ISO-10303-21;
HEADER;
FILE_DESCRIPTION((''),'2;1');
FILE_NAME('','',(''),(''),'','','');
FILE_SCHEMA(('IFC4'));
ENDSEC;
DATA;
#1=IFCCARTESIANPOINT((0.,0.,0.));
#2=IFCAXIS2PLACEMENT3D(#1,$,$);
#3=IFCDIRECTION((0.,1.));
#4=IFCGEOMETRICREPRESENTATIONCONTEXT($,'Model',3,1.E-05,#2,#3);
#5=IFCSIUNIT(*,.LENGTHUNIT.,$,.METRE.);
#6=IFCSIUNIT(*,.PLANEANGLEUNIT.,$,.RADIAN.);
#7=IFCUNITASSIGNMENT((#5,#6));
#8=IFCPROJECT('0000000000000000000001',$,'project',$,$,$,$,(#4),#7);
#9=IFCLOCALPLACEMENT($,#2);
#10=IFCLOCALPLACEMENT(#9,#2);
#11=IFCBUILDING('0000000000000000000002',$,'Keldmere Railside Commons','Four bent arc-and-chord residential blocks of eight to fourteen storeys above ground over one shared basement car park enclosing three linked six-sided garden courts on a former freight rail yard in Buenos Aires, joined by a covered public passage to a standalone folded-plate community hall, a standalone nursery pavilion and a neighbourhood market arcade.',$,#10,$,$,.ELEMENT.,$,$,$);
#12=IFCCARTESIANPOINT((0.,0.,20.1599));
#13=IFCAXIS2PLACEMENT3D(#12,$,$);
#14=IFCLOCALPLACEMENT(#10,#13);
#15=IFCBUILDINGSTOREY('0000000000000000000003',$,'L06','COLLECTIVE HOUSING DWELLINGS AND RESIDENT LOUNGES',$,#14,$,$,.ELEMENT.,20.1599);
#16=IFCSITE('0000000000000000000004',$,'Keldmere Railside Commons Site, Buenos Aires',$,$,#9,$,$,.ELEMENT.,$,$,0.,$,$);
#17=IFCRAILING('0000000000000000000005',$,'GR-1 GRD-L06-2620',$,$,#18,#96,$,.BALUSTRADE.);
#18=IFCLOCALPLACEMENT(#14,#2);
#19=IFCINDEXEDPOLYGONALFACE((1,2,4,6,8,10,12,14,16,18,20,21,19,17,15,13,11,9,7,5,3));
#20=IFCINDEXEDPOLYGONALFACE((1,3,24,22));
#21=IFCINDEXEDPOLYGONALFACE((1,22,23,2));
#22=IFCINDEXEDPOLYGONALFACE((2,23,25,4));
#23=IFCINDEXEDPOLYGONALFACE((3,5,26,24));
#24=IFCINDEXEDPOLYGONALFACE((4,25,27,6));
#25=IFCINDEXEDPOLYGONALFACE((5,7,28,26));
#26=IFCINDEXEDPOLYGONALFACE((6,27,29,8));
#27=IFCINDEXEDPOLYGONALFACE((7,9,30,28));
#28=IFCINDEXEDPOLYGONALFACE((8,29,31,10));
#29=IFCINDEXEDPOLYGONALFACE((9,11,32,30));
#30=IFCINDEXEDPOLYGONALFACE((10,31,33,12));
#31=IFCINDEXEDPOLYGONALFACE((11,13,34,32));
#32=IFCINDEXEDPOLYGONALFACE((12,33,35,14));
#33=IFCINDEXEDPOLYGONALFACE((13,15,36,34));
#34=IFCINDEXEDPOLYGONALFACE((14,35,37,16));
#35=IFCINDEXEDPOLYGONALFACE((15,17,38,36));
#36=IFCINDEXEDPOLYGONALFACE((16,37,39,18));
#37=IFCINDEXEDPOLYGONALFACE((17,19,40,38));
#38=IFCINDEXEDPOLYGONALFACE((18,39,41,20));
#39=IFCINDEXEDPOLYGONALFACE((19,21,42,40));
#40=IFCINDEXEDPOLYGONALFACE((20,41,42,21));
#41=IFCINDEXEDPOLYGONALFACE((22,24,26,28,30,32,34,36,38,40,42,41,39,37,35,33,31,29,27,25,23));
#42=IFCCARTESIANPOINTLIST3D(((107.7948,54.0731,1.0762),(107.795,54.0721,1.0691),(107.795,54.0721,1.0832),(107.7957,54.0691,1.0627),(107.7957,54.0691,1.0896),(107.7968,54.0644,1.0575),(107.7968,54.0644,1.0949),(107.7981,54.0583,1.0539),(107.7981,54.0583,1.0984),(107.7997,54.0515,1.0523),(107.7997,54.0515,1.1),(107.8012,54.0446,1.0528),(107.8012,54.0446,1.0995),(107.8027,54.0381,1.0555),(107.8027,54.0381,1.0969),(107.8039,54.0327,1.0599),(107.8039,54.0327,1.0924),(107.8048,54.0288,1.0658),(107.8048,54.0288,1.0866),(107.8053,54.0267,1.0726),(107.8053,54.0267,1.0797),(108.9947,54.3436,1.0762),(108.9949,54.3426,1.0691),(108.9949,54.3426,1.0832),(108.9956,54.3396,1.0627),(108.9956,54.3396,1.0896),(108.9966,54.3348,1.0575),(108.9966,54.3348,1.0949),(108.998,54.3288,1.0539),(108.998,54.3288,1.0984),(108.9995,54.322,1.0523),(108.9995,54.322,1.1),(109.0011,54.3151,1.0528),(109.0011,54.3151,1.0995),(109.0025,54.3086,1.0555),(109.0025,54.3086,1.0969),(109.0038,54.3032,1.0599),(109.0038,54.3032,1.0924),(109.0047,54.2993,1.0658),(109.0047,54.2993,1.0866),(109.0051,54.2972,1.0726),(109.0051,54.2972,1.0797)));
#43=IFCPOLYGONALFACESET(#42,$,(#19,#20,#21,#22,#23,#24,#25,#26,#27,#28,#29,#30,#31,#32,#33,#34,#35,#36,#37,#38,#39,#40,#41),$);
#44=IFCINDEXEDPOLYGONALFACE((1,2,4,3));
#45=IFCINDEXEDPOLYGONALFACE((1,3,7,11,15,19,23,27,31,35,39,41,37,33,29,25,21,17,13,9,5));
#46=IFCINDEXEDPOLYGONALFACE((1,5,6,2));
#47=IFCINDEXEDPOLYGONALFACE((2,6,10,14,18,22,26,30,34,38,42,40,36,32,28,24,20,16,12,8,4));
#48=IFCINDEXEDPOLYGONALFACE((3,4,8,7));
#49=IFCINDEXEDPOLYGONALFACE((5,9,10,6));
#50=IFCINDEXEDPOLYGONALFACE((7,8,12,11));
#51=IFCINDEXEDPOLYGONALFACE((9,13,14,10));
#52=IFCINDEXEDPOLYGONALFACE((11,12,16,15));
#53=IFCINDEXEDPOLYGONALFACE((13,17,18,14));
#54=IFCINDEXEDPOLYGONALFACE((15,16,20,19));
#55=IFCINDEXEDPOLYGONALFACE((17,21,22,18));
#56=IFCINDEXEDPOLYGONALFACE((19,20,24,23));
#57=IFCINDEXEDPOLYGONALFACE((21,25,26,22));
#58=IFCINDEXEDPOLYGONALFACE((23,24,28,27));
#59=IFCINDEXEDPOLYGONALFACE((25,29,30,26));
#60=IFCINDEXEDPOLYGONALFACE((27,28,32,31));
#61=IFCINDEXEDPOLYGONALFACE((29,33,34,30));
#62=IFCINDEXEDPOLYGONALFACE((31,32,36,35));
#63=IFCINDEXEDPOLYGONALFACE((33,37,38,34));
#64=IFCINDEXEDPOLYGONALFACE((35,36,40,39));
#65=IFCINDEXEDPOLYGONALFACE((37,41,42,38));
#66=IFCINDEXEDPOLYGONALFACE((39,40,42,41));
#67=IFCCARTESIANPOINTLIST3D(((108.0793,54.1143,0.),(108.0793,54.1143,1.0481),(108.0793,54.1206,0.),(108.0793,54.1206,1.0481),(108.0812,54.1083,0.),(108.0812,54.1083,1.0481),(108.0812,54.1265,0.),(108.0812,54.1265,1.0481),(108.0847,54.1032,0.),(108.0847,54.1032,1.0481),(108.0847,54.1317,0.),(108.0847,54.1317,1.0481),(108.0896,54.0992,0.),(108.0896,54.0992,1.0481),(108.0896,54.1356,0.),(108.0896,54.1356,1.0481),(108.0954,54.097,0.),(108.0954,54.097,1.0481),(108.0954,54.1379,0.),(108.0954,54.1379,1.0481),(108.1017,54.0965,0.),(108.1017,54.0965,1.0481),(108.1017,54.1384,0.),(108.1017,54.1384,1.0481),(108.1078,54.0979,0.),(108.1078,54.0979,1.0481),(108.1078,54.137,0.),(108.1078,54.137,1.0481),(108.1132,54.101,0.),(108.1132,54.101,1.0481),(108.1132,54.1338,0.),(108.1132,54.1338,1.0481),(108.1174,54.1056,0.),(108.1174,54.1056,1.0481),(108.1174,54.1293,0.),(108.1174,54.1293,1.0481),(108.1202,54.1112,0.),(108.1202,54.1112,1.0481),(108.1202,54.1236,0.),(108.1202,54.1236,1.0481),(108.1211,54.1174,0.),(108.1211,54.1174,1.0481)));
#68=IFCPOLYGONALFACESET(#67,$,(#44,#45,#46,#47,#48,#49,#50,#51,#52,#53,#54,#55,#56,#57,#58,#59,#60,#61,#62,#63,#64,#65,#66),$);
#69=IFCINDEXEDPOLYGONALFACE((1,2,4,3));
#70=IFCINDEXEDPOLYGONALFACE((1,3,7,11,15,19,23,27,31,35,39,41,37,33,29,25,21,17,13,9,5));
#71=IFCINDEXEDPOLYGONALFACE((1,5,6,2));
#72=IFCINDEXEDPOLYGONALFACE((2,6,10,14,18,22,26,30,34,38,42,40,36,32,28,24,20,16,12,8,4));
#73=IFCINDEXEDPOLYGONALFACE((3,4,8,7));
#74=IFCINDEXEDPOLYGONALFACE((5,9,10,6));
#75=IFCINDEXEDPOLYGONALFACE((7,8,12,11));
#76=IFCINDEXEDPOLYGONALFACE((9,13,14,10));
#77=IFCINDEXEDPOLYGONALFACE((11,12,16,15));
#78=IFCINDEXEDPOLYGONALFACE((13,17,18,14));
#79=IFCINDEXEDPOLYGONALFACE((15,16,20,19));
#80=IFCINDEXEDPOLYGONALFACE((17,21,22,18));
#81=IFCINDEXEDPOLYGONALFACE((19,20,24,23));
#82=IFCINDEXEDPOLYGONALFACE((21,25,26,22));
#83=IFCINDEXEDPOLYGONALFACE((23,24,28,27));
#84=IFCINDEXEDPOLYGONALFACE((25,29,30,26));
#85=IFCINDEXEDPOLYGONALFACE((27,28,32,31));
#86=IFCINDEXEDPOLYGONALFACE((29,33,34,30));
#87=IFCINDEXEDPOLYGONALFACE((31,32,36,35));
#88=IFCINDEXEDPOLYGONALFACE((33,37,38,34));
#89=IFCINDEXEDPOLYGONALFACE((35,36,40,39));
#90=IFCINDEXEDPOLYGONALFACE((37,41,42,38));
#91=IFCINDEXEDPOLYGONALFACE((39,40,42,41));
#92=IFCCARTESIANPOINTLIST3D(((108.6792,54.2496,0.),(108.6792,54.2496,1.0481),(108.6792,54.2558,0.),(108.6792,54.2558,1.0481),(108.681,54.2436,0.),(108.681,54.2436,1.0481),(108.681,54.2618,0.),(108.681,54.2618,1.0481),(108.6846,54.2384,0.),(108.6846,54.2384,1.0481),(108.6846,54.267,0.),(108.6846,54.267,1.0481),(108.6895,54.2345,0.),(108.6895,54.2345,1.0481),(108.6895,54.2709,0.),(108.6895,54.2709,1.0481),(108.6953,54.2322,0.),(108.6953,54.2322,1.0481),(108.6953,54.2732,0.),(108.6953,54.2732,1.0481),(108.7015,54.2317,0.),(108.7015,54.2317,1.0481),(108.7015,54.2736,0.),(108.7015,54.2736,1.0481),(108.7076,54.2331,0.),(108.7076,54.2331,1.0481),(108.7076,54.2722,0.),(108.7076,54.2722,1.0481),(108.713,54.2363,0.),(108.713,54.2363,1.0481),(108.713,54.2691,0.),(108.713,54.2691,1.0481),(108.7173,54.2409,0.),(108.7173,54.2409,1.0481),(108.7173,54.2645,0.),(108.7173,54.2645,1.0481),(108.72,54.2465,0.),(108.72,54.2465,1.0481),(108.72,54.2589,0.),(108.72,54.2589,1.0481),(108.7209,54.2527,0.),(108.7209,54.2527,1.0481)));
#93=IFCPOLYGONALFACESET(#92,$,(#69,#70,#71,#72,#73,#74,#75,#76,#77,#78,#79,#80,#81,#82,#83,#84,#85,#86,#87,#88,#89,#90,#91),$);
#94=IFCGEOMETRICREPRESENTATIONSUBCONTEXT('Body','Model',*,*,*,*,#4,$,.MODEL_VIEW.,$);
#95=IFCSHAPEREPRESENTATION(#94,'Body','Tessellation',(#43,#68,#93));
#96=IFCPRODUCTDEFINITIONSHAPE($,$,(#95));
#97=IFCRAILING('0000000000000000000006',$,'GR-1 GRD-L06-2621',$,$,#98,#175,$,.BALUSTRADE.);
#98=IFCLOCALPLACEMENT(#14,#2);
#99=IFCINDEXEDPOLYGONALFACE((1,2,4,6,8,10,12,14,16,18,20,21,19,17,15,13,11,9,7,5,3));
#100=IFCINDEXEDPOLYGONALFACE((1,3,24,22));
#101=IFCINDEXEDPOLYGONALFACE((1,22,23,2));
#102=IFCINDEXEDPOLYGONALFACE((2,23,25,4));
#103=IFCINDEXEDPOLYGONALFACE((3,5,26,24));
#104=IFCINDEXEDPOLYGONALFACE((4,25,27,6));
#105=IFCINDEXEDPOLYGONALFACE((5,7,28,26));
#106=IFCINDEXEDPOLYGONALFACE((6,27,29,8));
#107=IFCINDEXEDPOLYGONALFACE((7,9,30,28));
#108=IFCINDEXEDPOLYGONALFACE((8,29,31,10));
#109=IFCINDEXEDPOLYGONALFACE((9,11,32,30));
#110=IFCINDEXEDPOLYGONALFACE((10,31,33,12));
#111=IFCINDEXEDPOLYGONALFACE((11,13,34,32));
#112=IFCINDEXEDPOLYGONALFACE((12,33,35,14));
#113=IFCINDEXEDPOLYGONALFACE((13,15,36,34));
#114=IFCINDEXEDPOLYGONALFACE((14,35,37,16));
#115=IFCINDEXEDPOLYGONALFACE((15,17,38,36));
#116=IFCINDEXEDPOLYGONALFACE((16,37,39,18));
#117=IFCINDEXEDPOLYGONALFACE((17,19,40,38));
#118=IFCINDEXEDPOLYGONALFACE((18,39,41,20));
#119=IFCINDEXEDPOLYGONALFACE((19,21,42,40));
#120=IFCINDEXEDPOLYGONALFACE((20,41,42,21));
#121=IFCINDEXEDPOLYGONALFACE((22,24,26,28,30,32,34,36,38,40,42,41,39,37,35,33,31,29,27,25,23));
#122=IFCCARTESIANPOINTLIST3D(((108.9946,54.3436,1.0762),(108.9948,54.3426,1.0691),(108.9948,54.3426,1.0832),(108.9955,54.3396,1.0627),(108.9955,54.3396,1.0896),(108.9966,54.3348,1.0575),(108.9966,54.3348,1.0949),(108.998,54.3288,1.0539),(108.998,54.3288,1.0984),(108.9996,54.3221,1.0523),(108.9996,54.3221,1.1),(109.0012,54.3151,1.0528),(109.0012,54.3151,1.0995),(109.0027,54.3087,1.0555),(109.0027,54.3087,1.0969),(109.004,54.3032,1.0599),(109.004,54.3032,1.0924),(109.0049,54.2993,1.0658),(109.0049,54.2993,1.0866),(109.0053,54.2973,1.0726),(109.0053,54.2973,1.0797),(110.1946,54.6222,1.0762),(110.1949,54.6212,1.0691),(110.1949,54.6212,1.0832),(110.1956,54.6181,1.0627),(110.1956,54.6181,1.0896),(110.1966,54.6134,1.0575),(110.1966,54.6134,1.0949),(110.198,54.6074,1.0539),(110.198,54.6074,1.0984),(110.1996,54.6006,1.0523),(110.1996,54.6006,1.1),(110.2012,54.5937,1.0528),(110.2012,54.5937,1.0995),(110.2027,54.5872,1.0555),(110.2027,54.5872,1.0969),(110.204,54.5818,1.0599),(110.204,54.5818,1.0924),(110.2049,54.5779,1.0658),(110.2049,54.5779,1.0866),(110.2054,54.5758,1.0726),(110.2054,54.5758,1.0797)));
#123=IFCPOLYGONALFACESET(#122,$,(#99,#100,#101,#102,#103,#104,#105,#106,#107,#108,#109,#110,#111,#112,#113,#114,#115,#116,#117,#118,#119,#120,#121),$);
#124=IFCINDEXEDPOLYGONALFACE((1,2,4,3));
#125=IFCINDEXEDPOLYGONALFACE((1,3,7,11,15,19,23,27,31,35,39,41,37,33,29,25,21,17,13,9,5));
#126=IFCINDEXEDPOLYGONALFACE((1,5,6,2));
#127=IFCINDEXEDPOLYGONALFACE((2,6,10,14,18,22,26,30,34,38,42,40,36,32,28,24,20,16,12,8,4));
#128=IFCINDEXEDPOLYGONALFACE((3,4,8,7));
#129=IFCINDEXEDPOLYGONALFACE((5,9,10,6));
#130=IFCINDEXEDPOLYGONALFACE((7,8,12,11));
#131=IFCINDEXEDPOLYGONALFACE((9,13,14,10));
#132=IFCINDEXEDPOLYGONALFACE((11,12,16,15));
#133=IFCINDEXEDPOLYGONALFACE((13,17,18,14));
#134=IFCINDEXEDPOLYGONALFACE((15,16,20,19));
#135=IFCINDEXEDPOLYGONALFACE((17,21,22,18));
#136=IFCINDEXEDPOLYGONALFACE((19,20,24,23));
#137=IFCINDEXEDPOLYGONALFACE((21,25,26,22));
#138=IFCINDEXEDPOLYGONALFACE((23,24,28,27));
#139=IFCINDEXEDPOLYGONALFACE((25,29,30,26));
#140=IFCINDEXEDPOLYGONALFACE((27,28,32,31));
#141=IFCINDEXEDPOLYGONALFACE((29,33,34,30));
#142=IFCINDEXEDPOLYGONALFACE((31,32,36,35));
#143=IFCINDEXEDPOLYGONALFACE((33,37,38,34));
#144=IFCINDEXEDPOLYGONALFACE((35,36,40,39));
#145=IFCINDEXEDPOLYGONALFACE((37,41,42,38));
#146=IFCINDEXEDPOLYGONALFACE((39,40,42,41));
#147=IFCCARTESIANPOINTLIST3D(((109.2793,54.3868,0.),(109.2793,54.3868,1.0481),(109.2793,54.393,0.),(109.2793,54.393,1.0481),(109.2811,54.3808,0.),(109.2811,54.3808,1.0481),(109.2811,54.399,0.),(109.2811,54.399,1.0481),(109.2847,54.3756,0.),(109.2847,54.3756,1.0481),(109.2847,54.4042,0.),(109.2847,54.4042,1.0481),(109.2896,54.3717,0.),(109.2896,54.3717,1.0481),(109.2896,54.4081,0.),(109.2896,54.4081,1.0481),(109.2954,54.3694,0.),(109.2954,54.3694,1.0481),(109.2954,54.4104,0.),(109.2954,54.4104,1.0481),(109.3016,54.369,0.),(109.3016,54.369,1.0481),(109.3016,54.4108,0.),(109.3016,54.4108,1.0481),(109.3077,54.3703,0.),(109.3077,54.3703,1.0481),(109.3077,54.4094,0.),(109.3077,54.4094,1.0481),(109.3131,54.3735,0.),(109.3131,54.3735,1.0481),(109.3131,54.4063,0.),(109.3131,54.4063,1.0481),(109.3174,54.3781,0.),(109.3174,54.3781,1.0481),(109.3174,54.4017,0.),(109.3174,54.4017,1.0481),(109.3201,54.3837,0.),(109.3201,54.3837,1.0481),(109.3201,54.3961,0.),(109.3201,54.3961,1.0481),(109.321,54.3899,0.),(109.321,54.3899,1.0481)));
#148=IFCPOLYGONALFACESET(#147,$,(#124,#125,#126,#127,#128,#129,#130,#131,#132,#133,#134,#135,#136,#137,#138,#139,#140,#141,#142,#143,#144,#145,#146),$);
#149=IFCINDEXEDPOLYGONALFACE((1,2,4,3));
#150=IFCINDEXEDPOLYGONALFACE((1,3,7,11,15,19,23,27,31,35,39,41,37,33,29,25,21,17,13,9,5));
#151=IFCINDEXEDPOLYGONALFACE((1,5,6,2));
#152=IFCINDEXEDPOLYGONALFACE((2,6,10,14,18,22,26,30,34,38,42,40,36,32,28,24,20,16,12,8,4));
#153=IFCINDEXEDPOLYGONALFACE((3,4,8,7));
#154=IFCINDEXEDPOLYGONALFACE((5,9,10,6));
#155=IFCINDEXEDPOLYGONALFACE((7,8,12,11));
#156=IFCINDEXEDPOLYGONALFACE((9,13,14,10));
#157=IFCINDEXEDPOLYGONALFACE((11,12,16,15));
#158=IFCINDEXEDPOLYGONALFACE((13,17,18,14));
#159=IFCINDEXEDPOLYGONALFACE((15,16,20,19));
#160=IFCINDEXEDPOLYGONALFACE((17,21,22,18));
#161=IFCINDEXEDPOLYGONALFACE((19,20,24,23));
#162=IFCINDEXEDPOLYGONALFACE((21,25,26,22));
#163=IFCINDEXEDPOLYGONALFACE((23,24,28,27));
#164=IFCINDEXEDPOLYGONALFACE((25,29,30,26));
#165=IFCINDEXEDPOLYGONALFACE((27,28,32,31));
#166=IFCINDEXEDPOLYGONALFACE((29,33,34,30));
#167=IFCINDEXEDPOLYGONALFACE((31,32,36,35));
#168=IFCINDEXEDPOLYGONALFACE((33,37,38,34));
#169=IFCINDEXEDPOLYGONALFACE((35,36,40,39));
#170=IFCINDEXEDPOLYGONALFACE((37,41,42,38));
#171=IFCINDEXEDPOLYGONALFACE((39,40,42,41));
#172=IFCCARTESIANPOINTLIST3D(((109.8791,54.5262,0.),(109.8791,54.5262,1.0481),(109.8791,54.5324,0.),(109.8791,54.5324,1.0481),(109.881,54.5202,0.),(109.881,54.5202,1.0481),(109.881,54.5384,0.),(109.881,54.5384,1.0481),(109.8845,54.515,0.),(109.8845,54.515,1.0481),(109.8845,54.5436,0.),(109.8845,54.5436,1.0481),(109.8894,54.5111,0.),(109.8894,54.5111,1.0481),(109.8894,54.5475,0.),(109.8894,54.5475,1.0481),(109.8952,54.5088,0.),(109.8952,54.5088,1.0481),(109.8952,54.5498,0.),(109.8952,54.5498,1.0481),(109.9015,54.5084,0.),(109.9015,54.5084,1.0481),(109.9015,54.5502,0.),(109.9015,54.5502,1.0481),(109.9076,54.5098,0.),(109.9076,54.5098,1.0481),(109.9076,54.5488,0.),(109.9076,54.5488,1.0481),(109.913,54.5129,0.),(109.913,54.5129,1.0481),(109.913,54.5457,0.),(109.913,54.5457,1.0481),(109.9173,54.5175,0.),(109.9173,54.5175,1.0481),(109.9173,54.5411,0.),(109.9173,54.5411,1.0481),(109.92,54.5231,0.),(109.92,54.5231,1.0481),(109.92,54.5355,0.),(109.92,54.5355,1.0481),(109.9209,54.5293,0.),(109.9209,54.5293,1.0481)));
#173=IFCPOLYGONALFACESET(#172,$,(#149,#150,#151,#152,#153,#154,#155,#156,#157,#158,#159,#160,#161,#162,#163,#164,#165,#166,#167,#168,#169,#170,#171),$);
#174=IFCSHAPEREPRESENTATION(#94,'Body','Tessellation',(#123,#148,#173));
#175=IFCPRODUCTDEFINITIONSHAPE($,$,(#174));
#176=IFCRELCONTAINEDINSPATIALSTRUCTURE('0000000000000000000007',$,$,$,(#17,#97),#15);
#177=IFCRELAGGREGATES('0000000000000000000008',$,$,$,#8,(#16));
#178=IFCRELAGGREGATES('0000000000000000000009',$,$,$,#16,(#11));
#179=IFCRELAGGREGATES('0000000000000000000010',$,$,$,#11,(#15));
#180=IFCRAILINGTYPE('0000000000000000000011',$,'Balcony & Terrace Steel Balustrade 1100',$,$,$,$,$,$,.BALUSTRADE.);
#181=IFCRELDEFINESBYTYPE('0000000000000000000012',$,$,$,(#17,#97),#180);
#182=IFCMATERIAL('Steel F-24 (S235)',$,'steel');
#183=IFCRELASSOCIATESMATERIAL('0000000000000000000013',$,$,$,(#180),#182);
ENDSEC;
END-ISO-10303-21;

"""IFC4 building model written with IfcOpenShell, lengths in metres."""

from ifc_helpers import new_model, si_unit, direction, frame, origin, origin_2d, place, context, subcontext, project, spatial, circle, extrude, material, type_object, element, save


model = new_model("IFC4")

# Units and contexts
model_context = context("Model", 3, precision=1e-05, world=origin(), true_north=direction((0.0, 1.0)))
body_context = subcontext(model_context, "Body", "Model", "MODEL_VIEW")
ifc_project = project(units=[si_unit("LENGTHUNIT", "METRE"), si_unit("PLANEANGLEUNIT", "RADIAN")], contexts=[model_context])

# Site, building, storey
site_placement = place(None, origin())
site = spatial("IfcSite", under=ifc_project, at=site_placement, Name="Keldmere Railside Commons Site, Buenos Aires", CompositionType="ELEMENT", RefElevation=0.0)
building_placement = place(site_placement, origin())
building = spatial("IfcBuilding", under=site, at=building_placement, Name="Keldmere Railside Commons", Description="Four bent arc-and-chord residential blocks of eight to fourteen storeys above ground over one shared basement car park enclosing three linked six-sided garden courts on a former freight rail yard in Buenos Aires, joined by a covered public passage to a standalone folded-plate community hall, a standalone nursery pavilion and a neighbourhood market arcade.", CompositionType="ELEMENT")
storey_placement = place(building_placement, frame((0.0, 0.0, 20.1599)))
storey = spatial("IfcBuildingStorey", under=building, at=storey_placement, Name="L06", Description="COLLECTIVE HOUSING DWELLINGS AND RESIDENT LOUNGES", CompositionType="ELEMENT", Elevation=20.1599)

# Railings
ifc_material_1 = material(Name="Steel F-24 (S235)", Category="steel")
railing_type = type_object("IfcRailingType", Name="Balcony & Terrace Steel Balustrade 1100", PredefinedType="BALUSTRADE", material=ifc_material_1)
railing_1_placement = place(storey_placement, frame((107.8, 54.0498, 0.0)))
element("IfcRailing", 1, at=railing_1_placement, inside=storey, type_object=railing_type, Name="GR-1 GRD-L06-2620", PredefinedType="BALUSTRADE", context=body_context, shape_type="SweptSolid", body=[
    extrude(circle(Radius=0.0239, at=origin_2d()), frame((0.0, 0.0, 1.0762), z_axis=(0.975519, 0.219914, 0.0), x_axis=(-0.219914, 0.975519, 0.0)), (0.0, 0.0, 1.0), 1.23),
    extrude(circle(Radius=0.021, at=origin_2d()), frame((0.3, 0.0676, 0.0)), (0.0, 0.0, 1.0), 1.0481),
    extrude(circle(Radius=0.021, at=origin_2d()), frame((0.8999, 0.2029, 0.0)), (0.0, 0.0, 1.0), 1.0481),
])
railing_2_placement = place(storey_placement, frame((109.0, 54.3203, 0.0)))
element("IfcRailing", 2, at=railing_2_placement, inside=storey, type_object=railing_type, Name="GR-1 GRD-L06-2621", PredefinedType="BALUSTRADE", context=body_context, shape_type="SweptSolid", body=[
    extrude(circle(Radius=0.0239, at=origin_2d()), frame((0.0, 0.0, 1.0762), z_axis=(0.974096, 0.226133, 0.0), x_axis=(-0.226133, 0.974096, 0.0)), (0.0, 0.0, 1.0), 1.2319),
    extrude(circle(Radius=0.021, at=origin_2d()), frame((0.3, 0.0696, 0.0)), (0.0, 0.0, 1.0), 1.0481),
    extrude(circle(Radius=0.021, at=origin_2d()), frame((0.8999, 0.209, 0.0)), (0.0, 0.0, 1.0), 1.0481),
])

save(model, "model.ifc")
